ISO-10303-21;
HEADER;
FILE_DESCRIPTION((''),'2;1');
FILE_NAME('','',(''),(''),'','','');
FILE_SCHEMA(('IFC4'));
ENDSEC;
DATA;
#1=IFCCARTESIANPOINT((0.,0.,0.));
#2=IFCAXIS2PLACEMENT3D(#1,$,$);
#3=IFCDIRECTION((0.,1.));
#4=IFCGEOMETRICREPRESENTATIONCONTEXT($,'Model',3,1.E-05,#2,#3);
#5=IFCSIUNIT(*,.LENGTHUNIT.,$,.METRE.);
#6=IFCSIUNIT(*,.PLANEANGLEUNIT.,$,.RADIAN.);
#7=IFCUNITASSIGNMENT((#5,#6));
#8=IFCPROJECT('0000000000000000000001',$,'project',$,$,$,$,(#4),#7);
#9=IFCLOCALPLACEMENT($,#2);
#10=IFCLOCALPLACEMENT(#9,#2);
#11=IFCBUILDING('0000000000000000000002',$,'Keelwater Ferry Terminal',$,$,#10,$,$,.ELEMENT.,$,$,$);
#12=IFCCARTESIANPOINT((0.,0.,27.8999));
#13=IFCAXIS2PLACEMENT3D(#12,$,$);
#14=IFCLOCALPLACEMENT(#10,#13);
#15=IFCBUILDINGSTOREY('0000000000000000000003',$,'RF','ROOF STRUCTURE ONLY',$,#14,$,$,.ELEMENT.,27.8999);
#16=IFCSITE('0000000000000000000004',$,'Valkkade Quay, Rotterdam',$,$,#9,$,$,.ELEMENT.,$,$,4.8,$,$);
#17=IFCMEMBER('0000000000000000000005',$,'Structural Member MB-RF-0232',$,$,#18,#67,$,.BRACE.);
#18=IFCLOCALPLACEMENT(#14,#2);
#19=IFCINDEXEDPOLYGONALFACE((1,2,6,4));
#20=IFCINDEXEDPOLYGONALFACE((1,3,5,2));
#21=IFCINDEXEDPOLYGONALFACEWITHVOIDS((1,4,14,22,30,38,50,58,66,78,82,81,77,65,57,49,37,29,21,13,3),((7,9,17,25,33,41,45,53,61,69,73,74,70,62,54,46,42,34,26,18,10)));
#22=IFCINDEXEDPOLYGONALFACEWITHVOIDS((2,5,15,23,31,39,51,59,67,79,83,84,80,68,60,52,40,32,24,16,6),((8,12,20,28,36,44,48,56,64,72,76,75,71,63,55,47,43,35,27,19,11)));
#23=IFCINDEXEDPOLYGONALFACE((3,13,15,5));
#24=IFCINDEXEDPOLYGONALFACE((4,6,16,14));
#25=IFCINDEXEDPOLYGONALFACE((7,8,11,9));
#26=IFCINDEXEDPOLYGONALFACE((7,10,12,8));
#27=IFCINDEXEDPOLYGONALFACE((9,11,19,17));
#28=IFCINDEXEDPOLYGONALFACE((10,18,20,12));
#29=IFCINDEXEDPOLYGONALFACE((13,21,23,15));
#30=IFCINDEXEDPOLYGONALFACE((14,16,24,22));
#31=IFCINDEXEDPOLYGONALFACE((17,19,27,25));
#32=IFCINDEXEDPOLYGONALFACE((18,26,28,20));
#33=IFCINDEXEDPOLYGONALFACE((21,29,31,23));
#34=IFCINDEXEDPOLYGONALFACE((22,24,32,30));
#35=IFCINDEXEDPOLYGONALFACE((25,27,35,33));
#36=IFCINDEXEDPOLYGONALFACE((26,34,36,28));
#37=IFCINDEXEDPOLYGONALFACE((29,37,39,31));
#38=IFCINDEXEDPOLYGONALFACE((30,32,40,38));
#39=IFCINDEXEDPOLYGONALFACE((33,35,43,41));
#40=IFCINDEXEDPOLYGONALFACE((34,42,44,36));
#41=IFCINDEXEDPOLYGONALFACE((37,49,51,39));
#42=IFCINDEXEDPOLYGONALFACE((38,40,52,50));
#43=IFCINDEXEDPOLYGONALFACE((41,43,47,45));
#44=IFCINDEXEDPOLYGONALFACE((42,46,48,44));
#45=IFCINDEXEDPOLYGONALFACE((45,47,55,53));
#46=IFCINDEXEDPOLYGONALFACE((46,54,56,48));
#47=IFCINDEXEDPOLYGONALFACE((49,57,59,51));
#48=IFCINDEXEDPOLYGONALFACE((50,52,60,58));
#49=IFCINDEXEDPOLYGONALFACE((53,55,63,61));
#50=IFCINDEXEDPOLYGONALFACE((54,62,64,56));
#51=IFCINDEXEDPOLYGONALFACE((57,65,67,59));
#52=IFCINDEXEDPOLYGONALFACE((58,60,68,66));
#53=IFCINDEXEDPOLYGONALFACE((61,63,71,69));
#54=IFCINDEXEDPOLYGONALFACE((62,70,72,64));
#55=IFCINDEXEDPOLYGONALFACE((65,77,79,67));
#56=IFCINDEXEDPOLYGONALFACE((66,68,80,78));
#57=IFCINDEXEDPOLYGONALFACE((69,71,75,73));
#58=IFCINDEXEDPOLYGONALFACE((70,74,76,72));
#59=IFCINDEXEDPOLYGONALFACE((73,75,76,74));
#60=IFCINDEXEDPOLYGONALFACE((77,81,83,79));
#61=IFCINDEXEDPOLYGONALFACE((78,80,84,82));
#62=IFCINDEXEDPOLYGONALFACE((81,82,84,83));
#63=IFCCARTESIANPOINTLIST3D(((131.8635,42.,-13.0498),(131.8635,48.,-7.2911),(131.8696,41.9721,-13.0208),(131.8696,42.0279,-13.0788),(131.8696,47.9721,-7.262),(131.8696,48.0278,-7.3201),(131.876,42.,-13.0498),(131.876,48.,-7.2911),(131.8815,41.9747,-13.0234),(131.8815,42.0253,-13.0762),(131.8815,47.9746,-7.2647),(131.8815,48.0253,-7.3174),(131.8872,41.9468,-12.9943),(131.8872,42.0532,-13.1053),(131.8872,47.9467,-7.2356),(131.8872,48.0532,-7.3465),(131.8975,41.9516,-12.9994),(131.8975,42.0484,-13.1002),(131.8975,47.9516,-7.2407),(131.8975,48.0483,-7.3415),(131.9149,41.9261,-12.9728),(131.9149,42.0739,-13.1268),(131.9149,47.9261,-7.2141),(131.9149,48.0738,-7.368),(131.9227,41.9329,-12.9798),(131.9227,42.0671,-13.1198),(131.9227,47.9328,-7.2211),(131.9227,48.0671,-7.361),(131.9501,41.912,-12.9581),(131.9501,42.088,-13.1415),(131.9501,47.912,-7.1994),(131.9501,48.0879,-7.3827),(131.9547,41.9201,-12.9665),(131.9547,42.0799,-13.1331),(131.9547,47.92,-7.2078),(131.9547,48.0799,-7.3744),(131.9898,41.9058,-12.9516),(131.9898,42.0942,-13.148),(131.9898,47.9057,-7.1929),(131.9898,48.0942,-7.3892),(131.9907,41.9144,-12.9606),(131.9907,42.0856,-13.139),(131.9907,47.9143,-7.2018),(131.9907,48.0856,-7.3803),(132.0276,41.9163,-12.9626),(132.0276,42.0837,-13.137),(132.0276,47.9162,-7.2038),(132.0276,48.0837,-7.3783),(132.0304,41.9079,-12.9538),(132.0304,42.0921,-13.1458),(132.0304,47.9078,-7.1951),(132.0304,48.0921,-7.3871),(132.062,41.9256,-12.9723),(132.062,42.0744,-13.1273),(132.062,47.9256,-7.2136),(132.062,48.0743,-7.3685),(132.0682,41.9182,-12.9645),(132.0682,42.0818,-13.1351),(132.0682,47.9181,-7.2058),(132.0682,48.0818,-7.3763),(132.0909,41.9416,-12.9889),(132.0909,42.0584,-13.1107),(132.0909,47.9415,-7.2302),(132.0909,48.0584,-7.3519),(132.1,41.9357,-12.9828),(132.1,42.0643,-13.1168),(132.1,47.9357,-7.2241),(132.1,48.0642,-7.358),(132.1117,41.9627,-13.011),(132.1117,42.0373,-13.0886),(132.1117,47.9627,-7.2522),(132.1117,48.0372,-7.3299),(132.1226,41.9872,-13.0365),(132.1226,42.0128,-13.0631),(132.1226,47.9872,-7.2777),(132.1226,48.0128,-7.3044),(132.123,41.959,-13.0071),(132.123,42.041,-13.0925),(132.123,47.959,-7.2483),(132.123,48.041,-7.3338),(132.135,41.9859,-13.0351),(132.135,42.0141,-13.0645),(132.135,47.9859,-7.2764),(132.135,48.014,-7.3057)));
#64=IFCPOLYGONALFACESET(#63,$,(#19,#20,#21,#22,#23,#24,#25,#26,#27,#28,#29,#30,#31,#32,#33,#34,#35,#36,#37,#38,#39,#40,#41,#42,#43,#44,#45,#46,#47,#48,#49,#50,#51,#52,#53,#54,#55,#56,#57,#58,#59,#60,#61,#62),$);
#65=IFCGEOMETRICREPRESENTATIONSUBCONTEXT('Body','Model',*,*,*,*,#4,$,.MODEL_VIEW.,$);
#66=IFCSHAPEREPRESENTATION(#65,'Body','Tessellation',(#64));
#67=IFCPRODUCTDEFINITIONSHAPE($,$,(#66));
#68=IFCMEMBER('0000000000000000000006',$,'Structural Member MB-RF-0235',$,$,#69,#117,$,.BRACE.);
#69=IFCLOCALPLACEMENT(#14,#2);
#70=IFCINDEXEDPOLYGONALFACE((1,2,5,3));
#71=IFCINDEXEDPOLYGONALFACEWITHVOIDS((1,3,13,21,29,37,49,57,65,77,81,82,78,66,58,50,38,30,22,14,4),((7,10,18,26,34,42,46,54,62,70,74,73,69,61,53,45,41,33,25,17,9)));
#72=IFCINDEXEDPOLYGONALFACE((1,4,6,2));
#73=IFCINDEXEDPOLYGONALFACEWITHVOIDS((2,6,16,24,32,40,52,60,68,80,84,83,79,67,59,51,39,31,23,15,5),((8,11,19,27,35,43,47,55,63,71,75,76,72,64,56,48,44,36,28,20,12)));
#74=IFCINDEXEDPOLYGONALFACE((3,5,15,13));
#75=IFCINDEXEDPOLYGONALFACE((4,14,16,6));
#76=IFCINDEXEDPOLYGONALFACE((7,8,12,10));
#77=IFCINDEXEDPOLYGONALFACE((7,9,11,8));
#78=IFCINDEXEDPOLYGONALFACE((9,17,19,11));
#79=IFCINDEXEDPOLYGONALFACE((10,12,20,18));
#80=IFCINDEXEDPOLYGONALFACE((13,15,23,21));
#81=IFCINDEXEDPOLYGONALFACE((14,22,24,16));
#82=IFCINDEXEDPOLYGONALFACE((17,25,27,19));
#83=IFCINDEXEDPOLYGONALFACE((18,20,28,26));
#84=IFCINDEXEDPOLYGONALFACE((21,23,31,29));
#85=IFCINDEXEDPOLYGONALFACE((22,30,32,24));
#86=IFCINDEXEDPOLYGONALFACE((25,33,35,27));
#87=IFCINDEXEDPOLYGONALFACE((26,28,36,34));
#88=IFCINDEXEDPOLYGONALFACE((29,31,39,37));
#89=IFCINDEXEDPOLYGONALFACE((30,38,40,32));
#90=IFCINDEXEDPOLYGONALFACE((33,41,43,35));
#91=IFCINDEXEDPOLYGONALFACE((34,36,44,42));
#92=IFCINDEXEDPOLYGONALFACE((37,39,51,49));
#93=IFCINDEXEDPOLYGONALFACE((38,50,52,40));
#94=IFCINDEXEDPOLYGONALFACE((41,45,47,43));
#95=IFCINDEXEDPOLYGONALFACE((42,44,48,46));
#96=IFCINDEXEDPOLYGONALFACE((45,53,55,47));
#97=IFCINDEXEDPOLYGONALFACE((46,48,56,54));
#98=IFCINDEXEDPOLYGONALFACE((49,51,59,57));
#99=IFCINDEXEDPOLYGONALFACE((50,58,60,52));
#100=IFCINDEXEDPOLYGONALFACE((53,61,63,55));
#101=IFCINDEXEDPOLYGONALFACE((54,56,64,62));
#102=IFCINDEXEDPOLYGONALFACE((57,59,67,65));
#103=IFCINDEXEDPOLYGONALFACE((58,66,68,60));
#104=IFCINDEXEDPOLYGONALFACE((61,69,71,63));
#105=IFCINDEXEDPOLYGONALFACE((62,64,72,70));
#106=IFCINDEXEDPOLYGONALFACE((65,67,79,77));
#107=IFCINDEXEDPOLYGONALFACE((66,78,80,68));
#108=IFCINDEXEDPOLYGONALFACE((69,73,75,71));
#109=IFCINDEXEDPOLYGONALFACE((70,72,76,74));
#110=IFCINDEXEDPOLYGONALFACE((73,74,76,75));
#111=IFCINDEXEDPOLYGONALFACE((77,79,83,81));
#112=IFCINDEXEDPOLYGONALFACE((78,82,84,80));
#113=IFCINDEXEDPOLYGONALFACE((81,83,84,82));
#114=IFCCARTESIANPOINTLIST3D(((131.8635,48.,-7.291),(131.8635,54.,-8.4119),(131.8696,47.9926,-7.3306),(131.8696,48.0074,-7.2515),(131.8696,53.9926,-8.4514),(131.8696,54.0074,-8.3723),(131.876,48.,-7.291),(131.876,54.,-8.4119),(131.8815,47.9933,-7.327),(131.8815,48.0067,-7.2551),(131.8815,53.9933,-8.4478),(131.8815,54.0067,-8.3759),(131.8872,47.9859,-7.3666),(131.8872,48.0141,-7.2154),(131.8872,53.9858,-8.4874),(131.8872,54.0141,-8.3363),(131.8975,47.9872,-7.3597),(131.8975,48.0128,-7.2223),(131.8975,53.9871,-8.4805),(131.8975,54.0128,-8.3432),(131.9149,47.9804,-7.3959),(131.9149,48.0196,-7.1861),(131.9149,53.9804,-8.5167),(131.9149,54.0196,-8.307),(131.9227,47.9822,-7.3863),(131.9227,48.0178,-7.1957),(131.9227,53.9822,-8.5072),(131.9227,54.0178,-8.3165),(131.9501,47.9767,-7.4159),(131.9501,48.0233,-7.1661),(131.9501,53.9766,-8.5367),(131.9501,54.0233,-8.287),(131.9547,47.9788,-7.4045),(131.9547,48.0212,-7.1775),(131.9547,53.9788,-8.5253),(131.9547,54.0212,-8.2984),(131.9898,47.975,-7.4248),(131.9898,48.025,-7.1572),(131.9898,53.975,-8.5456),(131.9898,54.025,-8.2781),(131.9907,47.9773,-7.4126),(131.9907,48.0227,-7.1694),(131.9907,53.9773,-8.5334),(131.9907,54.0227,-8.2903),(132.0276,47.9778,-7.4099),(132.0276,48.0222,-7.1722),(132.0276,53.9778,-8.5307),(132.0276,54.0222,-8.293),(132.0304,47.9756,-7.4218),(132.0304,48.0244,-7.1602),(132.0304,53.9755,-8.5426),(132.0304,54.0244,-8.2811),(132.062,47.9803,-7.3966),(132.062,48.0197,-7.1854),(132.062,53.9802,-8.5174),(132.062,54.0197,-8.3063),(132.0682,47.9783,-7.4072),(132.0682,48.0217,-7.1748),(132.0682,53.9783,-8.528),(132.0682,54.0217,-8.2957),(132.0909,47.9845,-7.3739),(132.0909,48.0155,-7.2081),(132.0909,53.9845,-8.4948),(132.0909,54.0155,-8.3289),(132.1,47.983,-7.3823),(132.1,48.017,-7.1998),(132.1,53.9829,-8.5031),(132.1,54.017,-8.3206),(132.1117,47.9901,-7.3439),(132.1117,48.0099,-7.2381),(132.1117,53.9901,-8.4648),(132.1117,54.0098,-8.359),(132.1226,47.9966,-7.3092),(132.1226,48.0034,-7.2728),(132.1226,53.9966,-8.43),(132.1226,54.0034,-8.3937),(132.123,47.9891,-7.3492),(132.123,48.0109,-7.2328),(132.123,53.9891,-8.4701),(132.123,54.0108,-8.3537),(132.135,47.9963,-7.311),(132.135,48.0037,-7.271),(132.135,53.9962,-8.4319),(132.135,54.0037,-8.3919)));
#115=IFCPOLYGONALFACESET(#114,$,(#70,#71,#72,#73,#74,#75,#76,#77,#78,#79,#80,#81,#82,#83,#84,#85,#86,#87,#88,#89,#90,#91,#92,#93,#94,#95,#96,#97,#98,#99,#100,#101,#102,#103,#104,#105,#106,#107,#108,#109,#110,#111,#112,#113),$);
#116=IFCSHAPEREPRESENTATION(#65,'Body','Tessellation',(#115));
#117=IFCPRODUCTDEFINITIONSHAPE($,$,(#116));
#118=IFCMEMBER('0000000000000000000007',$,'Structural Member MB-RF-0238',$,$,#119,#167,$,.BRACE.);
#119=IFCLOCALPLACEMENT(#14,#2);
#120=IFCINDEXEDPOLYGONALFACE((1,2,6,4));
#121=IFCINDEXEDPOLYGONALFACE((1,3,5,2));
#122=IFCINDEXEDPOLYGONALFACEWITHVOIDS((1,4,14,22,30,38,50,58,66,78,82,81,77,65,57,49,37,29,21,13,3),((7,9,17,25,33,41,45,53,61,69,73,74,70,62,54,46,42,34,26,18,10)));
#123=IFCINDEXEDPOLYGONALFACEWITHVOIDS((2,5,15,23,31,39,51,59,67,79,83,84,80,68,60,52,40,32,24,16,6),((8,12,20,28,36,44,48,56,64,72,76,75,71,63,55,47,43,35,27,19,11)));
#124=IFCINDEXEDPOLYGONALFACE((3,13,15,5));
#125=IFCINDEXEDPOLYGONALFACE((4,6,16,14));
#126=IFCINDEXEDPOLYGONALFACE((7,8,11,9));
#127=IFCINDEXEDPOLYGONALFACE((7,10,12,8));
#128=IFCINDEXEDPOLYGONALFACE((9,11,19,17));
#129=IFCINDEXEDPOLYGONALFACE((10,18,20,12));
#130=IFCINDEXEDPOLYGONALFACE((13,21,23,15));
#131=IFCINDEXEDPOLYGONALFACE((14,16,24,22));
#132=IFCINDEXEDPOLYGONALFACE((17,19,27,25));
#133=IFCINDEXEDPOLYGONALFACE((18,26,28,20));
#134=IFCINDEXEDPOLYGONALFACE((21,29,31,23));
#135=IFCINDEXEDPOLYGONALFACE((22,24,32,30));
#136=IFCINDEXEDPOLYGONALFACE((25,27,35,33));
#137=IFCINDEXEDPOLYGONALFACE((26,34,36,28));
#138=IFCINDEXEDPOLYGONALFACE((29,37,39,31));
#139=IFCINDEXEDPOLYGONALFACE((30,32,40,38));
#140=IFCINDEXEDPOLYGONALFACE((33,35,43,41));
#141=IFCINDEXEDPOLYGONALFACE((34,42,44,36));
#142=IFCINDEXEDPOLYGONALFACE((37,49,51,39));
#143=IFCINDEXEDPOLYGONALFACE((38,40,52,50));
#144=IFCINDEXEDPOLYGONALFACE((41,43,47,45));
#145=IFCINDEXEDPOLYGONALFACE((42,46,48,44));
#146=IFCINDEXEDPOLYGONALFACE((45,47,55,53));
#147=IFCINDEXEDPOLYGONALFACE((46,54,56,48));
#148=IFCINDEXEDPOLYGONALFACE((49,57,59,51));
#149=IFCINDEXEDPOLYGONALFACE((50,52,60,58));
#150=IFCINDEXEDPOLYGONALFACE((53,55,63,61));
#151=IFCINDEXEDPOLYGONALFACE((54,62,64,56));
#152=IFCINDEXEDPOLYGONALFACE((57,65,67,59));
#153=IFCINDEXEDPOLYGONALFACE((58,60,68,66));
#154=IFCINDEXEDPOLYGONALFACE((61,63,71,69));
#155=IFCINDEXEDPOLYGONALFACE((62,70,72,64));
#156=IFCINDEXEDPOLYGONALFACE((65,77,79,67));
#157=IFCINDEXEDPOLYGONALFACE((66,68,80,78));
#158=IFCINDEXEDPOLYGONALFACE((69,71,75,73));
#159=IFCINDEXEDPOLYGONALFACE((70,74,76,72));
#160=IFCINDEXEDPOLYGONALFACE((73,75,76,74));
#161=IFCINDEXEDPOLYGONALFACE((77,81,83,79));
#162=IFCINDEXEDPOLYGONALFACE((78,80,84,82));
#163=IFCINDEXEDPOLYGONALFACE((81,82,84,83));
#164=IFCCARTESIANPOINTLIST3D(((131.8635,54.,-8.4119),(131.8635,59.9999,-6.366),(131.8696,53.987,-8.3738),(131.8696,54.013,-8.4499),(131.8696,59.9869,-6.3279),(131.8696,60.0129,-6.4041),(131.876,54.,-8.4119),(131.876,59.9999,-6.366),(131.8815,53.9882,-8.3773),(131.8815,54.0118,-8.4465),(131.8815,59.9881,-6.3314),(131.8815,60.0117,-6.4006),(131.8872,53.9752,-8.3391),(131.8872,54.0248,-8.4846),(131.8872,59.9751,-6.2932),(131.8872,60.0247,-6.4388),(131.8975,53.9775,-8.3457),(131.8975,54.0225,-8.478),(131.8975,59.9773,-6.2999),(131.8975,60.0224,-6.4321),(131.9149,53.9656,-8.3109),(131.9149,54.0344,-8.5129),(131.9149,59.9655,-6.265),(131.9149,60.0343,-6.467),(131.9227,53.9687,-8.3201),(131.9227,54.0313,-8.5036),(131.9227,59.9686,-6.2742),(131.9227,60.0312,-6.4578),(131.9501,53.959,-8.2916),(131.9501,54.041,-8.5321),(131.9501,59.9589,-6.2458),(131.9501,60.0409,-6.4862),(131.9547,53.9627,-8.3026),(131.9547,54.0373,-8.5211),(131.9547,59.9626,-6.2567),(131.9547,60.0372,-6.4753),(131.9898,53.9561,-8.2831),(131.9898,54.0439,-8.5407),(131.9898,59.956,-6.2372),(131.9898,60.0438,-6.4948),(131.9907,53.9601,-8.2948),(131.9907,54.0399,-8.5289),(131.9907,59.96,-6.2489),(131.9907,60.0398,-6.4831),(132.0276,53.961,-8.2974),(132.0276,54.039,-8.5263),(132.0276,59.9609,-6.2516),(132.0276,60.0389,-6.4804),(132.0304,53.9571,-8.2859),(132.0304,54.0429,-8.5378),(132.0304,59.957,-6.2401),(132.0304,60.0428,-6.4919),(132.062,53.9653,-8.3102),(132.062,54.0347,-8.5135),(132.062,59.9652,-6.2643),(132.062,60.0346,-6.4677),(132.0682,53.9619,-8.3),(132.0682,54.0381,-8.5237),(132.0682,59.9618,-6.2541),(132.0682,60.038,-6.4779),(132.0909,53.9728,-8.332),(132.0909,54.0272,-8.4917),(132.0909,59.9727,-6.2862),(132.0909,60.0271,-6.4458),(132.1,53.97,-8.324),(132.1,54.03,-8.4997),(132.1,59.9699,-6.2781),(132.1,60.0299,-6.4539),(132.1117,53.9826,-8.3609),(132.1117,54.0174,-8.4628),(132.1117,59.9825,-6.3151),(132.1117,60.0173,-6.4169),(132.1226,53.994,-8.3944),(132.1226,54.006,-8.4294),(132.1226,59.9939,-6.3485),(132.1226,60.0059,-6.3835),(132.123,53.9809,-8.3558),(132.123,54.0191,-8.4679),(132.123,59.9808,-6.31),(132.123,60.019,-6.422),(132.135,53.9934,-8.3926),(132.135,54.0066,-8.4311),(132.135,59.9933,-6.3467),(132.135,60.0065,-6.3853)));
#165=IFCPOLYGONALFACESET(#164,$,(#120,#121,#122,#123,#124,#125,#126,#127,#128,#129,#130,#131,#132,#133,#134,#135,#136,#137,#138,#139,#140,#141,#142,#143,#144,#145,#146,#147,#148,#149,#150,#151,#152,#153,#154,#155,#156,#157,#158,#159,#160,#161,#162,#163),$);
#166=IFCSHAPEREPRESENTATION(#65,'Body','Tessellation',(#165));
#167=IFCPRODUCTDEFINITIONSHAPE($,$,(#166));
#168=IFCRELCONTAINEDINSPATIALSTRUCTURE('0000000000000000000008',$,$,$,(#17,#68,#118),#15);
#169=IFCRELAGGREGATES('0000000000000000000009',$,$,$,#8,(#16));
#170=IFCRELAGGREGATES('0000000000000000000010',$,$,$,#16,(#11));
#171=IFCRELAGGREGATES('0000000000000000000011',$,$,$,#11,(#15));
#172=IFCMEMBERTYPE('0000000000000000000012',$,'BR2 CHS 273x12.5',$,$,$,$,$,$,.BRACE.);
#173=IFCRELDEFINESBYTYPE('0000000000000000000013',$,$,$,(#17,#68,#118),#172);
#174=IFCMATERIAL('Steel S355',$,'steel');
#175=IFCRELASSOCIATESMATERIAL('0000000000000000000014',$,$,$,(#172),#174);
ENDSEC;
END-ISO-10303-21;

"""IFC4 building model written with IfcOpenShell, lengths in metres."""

from ifc_helpers import new_model, si_unit, direction, frame, origin, origin_2d, place, context, subcontext, project, spatial, hollow_circle, extrude, material, material_profile, profile_set, type_object, element, save


model = new_model("IFC4")

# Units and contexts
model_context = context("Model", 3, precision=1e-05, world=origin(), true_north=direction((0.0, 1.0)))
body_context = subcontext(model_context, "Body", "Model", "MODEL_VIEW")
ifc_project = project(units=[si_unit("LENGTHUNIT", "METRE"), si_unit("PLANEANGLEUNIT", "RADIAN")], contexts=[model_context])

# Site, building, storey
site_placement = place(None, origin())
site = spatial("IfcSite", under=ifc_project, at=site_placement, Name="Valkkade Quay, Rotterdam", CompositionType="ELEMENT", RefElevation=4.8)
building_placement = place(site_placement, origin())
building = spatial("IfcBuilding", under=site, at=building_placement, Name="Keelwater Ferry Terminal", CompositionType="ELEMENT")
storey_placement = place(building_placement, frame((0.0, 0.0, 27.8999)))
storey = spatial("IfcBuildingStorey", under=building, at=storey_placement, Name="RF", Description="ROOF STRUCTURE ONLY", CompositionType="ELEMENT", Elevation=27.8999)

# Members
ifc_material_1 = material(Name="Steel S355", Category="steel")
ifc_material_profile_1 = material_profile(ifc_material_1, hollow_circle(Radius=0.1365, WallThickness=0.0125, at=origin_2d()), Name="CHS 273x12.5")
ifc_profile_set_1 = profile_set([ifc_material_profile_1], Name="Steel S355")
member_type_1 = type_object("IfcMemberType", Name="BR2 CHS 273x12.5", PredefinedType="BRACE", material=ifc_profile_set_1)
member_1_placement = place(storey_placement, frame((132.0, 42.0, -13.0498), z_axis=(0.0, 0.72146, 0.692456), x_axis=(-1.0, 0.0, 0.0)))
element("IfcMember", 1, at=member_1_placement, inside=storey, type_object=member_type_1, Name="Structural Member MB-RF-0232", PredefinedType="BRACE", context=body_context, shape_type="SweptSolid", body=[
    extrude(hollow_circle(Radius=0.1365, WallThickness=0.0125, at=origin_2d()), origin(), (0.0, 0.0, 1.0), 8.3164),
])
member_2_placement = place(storey_placement, frame((132.0, 48.0, -7.291), z_axis=(0.0, 0.982995, -0.183632), x_axis=(-1.0, 0.0, 0.0)))
element("IfcMember", 2, at=member_2_placement, inside=storey, type_object=member_type_1, Name="Structural Member MB-RF-0235", PredefinedType="BRACE", context=body_context, shape_type="SweptSolid", body=[
    extrude(hollow_circle(Radius=0.1365, WallThickness=0.0125, at=origin_2d()), origin(), (0.0, 0.0, 1.0), 6.1038),
])
member_3_placement = place(storey_placement, frame((132.0, 54.0, -8.4119), z_axis=(0.0, 0.946489, 0.322737), x_axis=(-1.0, 0.0, 0.0)))
element("IfcMember", 3, at=member_3_placement, inside=storey, type_object=member_type_1, Name="Structural Member MB-RF-0238", PredefinedType="BRACE", context=body_context, shape_type="SweptSolid", body=[
    extrude(hollow_circle(Radius=0.1365, WallThickness=0.0125, at=origin_2d()), origin(), (0.0, 0.0, 1.0), 6.3391),
])

save(model, "model.ifc")
